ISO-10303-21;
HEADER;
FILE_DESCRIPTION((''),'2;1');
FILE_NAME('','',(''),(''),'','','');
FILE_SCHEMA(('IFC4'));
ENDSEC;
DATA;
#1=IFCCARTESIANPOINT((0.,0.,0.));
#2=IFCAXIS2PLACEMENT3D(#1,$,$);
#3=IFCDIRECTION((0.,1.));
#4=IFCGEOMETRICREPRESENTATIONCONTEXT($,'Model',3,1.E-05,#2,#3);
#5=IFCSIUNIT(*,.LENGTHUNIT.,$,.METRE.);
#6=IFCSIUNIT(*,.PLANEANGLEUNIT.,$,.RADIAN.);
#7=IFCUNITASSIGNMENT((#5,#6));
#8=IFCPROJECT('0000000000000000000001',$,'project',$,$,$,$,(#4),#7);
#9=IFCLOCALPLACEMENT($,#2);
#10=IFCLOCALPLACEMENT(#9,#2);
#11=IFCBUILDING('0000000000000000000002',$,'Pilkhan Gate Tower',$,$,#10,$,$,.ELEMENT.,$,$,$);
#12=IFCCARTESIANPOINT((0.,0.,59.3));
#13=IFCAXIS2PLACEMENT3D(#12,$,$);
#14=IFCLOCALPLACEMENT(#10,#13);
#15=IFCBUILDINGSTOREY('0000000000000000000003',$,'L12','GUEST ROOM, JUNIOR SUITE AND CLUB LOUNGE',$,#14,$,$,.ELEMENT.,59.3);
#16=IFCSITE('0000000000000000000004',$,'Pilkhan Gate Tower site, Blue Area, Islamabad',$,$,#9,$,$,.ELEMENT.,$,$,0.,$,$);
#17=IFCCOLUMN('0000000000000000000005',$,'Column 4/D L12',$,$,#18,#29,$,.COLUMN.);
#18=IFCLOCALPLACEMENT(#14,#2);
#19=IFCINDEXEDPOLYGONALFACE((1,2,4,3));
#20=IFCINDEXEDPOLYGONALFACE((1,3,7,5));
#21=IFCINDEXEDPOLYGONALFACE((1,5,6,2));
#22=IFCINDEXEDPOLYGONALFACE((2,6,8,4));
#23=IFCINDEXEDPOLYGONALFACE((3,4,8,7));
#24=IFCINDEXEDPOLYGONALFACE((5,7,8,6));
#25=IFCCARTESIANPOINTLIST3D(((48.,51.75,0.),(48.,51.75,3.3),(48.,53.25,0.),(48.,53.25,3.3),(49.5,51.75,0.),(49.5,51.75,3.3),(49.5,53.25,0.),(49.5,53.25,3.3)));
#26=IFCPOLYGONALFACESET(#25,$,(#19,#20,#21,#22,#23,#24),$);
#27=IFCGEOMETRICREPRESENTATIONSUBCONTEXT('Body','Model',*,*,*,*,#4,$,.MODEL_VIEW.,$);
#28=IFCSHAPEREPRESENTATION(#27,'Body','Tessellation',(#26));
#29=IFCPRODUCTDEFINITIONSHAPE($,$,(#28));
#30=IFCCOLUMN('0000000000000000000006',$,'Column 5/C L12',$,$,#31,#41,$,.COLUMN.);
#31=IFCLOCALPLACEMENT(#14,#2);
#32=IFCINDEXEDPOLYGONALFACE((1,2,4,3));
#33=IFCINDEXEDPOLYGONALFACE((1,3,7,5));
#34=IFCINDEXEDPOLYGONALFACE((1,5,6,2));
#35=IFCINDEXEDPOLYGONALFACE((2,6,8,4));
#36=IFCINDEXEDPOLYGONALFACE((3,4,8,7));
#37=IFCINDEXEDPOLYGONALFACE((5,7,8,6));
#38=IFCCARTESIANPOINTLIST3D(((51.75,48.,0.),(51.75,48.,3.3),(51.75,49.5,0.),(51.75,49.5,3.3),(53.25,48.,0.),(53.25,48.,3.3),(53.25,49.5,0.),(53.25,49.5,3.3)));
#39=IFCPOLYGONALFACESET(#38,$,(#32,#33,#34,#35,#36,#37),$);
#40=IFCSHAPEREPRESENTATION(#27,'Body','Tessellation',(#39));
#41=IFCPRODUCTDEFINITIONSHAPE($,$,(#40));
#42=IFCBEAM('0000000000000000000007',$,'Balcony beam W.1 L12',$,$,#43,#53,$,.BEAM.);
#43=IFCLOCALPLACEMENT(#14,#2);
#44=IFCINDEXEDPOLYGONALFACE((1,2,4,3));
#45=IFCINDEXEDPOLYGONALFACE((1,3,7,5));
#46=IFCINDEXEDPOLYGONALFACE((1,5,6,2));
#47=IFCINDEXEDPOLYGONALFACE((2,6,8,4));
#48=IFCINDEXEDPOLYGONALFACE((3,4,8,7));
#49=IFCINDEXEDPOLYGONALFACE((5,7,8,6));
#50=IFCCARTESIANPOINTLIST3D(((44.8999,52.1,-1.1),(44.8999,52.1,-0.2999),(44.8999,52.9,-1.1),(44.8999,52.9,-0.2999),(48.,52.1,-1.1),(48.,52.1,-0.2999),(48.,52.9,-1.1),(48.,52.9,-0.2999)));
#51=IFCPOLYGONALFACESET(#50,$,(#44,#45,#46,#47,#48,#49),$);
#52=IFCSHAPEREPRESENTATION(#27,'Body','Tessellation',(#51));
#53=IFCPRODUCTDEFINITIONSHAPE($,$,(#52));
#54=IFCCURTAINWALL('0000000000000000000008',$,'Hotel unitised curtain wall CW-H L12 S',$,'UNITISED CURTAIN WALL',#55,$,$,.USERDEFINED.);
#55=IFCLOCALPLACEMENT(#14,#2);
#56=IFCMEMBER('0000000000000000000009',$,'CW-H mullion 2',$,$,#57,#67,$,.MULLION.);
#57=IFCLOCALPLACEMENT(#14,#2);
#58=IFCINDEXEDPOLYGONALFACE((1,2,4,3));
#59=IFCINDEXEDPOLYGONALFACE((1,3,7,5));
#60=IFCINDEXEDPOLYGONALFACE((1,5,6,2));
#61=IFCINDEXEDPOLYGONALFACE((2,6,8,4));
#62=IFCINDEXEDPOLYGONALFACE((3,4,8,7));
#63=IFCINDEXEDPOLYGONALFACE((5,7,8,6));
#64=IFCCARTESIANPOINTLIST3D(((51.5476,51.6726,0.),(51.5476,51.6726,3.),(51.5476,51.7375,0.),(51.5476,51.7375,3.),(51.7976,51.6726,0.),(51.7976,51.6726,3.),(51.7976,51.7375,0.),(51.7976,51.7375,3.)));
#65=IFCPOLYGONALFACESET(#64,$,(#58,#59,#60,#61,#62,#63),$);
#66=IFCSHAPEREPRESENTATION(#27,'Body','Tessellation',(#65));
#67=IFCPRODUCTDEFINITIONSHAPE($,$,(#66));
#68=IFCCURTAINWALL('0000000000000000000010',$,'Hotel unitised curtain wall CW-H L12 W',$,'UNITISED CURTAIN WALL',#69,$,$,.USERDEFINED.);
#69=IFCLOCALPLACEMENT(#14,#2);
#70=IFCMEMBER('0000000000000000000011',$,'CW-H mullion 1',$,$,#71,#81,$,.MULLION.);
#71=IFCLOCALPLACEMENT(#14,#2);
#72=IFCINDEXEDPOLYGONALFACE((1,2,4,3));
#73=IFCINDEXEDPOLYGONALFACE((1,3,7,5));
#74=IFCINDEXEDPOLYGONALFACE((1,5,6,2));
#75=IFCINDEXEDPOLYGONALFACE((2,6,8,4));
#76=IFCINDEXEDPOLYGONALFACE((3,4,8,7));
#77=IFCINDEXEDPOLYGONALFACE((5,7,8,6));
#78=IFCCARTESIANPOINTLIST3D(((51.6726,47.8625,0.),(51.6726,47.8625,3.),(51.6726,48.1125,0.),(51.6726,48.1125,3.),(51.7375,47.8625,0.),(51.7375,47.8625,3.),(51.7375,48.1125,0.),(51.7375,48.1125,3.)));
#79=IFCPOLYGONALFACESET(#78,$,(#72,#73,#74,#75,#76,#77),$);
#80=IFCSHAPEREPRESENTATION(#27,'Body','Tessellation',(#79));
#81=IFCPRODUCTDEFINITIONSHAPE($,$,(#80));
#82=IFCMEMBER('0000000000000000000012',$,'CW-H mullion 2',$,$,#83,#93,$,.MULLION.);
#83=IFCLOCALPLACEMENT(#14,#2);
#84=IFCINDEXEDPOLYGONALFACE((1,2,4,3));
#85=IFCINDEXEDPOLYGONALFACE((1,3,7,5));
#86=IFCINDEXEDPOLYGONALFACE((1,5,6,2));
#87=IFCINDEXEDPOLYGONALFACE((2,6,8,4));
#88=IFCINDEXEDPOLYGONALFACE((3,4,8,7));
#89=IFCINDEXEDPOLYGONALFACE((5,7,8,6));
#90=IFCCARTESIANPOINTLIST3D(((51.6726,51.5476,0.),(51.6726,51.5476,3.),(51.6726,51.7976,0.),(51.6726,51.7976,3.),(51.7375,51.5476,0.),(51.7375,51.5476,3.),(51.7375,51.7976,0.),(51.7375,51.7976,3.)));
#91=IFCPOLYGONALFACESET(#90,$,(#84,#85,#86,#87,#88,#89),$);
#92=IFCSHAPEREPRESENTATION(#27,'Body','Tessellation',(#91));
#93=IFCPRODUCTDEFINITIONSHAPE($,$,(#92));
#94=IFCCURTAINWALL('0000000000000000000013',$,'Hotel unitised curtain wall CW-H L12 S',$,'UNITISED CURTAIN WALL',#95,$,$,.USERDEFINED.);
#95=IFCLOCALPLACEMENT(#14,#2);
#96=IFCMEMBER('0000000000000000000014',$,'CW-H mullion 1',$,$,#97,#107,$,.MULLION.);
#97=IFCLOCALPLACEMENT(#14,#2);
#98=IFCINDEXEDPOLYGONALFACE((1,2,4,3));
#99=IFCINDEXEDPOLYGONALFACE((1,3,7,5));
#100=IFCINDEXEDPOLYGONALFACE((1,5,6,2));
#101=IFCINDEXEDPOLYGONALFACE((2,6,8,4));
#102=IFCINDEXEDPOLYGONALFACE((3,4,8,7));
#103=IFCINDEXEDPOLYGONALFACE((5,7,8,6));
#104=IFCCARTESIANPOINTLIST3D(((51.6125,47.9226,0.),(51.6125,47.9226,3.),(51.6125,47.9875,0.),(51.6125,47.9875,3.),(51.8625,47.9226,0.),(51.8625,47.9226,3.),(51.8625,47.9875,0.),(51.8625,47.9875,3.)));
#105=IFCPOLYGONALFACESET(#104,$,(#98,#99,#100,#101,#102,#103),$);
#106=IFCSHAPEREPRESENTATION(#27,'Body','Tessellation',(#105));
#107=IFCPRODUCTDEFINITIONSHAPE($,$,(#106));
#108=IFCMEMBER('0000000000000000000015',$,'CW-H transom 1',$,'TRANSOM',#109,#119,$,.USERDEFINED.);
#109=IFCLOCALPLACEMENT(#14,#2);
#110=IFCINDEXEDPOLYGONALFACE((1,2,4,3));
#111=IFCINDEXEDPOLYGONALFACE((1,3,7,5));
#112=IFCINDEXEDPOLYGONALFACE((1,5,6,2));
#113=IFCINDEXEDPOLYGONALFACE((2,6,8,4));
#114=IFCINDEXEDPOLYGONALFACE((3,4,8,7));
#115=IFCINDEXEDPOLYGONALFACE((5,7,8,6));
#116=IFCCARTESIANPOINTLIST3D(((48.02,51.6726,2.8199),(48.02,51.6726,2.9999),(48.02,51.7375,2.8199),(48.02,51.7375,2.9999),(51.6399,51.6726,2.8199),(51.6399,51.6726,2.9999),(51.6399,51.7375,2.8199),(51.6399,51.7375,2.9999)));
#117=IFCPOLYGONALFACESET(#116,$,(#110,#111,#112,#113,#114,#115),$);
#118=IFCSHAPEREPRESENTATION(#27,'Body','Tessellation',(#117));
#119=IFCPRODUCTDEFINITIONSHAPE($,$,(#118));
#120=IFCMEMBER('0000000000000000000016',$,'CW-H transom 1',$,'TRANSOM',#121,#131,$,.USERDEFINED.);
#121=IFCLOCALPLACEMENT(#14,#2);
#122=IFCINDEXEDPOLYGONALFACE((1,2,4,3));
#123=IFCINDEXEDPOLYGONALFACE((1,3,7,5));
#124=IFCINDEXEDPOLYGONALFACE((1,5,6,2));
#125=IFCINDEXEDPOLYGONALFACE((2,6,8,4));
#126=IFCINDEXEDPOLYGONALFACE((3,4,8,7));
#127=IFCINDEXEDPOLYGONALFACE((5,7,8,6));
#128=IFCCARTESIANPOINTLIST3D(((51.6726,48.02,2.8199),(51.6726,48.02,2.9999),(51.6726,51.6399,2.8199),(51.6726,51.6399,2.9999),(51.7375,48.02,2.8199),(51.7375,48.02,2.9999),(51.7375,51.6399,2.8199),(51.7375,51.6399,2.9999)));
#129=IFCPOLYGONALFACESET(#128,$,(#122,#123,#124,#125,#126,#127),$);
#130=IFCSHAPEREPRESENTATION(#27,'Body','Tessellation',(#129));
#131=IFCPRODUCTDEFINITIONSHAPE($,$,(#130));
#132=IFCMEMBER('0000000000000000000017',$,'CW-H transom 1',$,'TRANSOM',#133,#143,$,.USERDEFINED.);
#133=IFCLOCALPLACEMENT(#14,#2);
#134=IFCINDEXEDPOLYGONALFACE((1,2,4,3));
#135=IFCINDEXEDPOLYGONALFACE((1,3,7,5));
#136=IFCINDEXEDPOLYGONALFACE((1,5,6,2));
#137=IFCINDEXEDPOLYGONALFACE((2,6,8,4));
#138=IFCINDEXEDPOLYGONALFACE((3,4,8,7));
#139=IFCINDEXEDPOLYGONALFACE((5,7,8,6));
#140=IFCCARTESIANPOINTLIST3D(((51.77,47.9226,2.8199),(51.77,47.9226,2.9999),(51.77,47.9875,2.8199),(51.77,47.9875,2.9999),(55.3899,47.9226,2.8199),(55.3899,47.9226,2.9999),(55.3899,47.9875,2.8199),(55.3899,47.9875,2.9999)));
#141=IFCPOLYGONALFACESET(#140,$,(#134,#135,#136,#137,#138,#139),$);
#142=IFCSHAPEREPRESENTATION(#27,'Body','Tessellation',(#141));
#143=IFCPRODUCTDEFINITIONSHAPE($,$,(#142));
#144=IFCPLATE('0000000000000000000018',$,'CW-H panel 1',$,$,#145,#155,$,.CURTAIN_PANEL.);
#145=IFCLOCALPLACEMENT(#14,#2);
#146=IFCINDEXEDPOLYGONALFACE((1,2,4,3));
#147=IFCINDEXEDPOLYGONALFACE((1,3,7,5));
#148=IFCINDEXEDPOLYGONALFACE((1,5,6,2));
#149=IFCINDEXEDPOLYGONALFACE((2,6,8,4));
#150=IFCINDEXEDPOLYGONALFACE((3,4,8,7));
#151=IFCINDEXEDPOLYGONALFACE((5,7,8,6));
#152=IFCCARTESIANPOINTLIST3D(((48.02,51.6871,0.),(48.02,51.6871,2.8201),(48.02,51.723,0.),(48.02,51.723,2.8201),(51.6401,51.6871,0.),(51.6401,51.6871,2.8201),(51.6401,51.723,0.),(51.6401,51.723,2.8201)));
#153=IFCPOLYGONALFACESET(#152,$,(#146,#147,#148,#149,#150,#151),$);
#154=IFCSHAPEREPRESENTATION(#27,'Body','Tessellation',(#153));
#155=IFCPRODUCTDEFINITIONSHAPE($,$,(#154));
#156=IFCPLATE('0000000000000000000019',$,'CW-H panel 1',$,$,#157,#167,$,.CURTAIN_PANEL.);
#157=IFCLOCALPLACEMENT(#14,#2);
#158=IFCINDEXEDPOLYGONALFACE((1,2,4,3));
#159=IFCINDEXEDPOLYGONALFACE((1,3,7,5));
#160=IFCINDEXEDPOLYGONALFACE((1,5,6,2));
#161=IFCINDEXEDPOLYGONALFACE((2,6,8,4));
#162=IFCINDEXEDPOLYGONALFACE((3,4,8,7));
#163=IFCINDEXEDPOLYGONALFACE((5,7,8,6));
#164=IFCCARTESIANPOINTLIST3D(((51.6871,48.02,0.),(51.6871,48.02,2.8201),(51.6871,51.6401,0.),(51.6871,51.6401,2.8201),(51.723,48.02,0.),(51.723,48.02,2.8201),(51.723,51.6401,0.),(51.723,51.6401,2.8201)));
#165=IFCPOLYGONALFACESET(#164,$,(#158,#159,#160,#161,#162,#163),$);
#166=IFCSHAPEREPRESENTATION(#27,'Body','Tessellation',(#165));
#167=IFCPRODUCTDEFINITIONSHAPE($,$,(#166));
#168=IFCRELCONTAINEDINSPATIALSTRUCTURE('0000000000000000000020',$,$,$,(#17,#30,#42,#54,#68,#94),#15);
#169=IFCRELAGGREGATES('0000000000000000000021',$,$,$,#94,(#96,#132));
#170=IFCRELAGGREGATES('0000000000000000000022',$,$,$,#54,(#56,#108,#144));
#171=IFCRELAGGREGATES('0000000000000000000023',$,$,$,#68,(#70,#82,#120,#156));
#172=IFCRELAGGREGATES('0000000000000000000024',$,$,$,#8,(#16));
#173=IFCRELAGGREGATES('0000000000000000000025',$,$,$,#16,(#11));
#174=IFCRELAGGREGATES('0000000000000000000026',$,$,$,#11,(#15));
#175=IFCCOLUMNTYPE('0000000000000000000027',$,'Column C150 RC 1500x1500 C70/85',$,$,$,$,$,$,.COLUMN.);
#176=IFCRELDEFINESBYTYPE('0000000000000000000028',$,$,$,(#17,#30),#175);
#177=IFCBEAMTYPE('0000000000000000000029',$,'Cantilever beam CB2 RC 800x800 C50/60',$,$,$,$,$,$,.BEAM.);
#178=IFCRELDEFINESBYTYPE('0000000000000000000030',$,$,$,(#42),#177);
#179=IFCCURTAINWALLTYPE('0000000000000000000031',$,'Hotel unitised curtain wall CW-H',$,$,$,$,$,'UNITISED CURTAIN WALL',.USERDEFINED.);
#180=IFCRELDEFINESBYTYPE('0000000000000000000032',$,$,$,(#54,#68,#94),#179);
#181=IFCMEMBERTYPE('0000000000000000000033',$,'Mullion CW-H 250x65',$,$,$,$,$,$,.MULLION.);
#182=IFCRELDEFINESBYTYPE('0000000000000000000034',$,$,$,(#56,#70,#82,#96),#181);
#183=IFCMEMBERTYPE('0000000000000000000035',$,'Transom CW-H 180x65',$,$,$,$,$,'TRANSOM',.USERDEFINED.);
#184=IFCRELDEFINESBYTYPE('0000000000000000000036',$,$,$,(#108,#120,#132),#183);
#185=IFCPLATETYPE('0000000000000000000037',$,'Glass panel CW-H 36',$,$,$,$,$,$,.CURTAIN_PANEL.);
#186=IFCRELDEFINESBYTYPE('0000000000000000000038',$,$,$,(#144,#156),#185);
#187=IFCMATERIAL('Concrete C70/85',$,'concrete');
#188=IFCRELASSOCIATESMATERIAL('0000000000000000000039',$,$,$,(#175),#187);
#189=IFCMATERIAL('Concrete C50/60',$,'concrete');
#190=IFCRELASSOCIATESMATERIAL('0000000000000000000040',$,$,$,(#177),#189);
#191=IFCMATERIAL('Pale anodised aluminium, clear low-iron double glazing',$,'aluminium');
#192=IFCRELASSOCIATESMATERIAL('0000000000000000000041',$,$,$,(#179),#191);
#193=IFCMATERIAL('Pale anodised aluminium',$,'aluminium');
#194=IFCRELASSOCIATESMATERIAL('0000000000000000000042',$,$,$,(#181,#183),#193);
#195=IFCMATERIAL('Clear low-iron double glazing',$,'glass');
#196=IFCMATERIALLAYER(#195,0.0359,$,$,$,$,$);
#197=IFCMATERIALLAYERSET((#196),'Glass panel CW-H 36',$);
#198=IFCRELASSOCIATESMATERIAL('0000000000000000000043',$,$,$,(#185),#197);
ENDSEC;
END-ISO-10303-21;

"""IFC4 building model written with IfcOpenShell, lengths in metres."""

from ifc_helpers import new_model, si_unit, direction, frame, origin, origin_2d, place, context, subcontext, project, spatial, rectangle, extrude, material, layer, layer_set, material_profile, profile_set, type_object, element, aggregate, save


model = new_model("IFC4")

# Units and contexts
model_context = context("Model", 3, precision=1e-05, world=origin(), true_north=direction((0.0, 1.0)))
body_context = subcontext(model_context, "Body", "Model", "MODEL_VIEW")
ifc_project = project(units=[si_unit("LENGTHUNIT", "METRE"), si_unit("PLANEANGLEUNIT", "RADIAN")], contexts=[model_context])

# Site, building, storey
site_placement = place(None, origin())
site = spatial("IfcSite", under=ifc_project, at=site_placement, Name="Pilkhan Gate Tower site, Blue Area, Islamabad", CompositionType="ELEMENT", RefElevation=0.0)
building_placement = place(site_placement, origin())
building = spatial("IfcBuilding", under=site, at=building_placement, Name="Pilkhan Gate Tower", CompositionType="ELEMENT")
storey_placement = place(building_placement, frame((0.0, 0.0, 59.3)))
storey = spatial("IfcBuildingStorey", under=building, at=storey_placement, Name="L12", Description="GUEST ROOM, JUNIOR SUITE AND CLUB LOUNGE", CompositionType="ELEMENT", Elevation=59.3)

# Columns
ifc_material_1 = material(Name="Concrete C70/85", Category="concrete")
ifc_material_profile_1 = material_profile(ifc_material_1, rectangle(XDim=1.5, YDim=1.5, at=origin_2d()), Name="RC 1500x1500")
ifc_profile_set_1 = profile_set([ifc_material_profile_1], Name="Concrete C70/85")
column_type = type_object("IfcColumnType", Name="Column C150 RC 1500x1500 C70/85", PredefinedType="COLUMN", material=ifc_profile_set_1)
for number, where, z_axis, x_axis, name in (
    (1, (48.75, 52.5, 0.0), (0.0, 0.0, 1.0), (1.0, 0.0, 0.0), "Column 4/D L12"),
    (2, (52.5, 48.75, 0.0), (0.0, 0.0, 1.0), (1.0, 0.0, 0.0), "Column 5/C L12"),
):
    element("IfcColumn", number, at=place(storey_placement, frame(where, z_axis=z_axis, x_axis=x_axis)), inside=storey, type_object=column_type, Name=name, PredefinedType="COLUMN", context=body_context, shape_type="SweptSolid", body=[
        extrude(rectangle(XDim=1.5, YDim=1.5, at=origin_2d()), origin(), (0.0, 0.0, 1.0), 3.3),
    ])

# Beam
ifc_material_2 = material(Name="Concrete C50/60", Category="concrete")
ifc_material_profile_2 = material_profile(ifc_material_2, rectangle(XDim=0.8, YDim=0.8, at=origin_2d()), Name="RC 800x800")
ifc_profile_set_2 = profile_set([ifc_material_profile_2], Name="Concrete C50/60")
beam_type = type_object("IfcBeamType", Name="Cantilever beam CB2 RC 800x800 C50/60", PredefinedType="BEAM", material=ifc_profile_set_2)
beam_placement = place(storey_placement, frame((48.0, 52.5, -0.7), z_axis=(-1.0, 0.0, 0.0), x_axis=(0.0, -1.0, 0.0)))
element("IfcBeam", 3, at=beam_placement, inside=storey, type_object=beam_type, Name="Balcony beam W.1 L12", PredefinedType="BEAM", context=body_context, shape_type="SweptSolid", body=[
    extrude(rectangle(XDim=0.8, YDim=0.8, at=origin_2d()), origin(), (0.0, 0.0, 1.0), 3.1001),
])

# Curtain wall, member
ifc_material_3 = material(Name="Pale anodised aluminium, clear low-iron double glazing", Category="aluminium")
curtain_wall_type = type_object("IfcCurtainWallType", Name="Hotel unitised curtain wall CW-H", ElementType="UNITISED CURTAIN WALL", PredefinedType="USERDEFINED", material=ifc_material_3)
curtain_wall_1_placement = place(storey_placement, origin())
curtain_wall_1 = element("IfcCurtainWall", 4, at=curtain_wall_1_placement, inside=storey, type_object=curtain_wall_type, Name="Hotel unitised curtain wall CW-H L12 S", ObjectType="UNITISED CURTAIN WALL", PredefinedType="USERDEFINED")
ifc_material_4 = material(Name="Pale anodised aluminium", Category="aluminium")
ifc_material_profile_3 = material_profile(ifc_material_4, rectangle(XDim=0.0649, YDim=0.25, at=origin_2d()), Name="Mullion 250x65")
ifc_profile_set_3 = profile_set([ifc_material_profile_3], Name="Pale anodised aluminium")
member_type_1 = type_object("IfcMemberType", Name="Mullion CW-H 250x65", PredefinedType="MULLION", material=ifc_profile_set_3)
member_1_placement = place(storey_placement, frame((51.6726, 51.7051, 0.0), z_axis=(0.0, 0.0, 1.0), x_axis=(0.0, 1.0, 0.0)))
member_1 = element("IfcMember", 5, at=member_1_placement, type_object=member_type_1, Name="CW-H mullion 2", PredefinedType="MULLION", context=body_context, shape_type="SweptSolid", body=[
    extrude(rectangle(XDim=0.0649, YDim=0.25, at=origin_2d()), origin(), (0.0, 0.0, 1.0), 3.0),
])

# Curtain wall, members
curtain_wall_2_placement = place(storey_placement, origin())
curtain_wall_2 = element("IfcCurtainWall", 6, at=curtain_wall_2_placement, inside=storey, type_object=curtain_wall_type, Name="Hotel unitised curtain wall CW-H L12 W", ObjectType="UNITISED CURTAIN WALL", PredefinedType="USERDEFINED")
member_2_placement = place(storey_placement, frame((51.7051, 47.9875, 0.0), z_axis=(0.0, 0.0, 1.0), x_axis=(-1.0, 0.0, 0.0)))
member_2 = element("IfcMember", 7, at=member_2_placement, type_object=member_type_1, Name="CW-H mullion 1", PredefinedType="MULLION", context=body_context, shape_type="SweptSolid", body=[
    extrude(rectangle(XDim=0.0649, YDim=0.25, at=origin_2d()), origin(), (0.0, 0.0, 1.0), 3.0),
])
member_3_placement = place(storey_placement, frame((51.7051, 51.6726, 0.0), z_axis=(0.0, 0.0, 1.0), x_axis=(-1.0, 0.0, 0.0)))
member_3 = element("IfcMember", 8, at=member_3_placement, type_object=member_type_1, Name="CW-H mullion 2", PredefinedType="MULLION", context=body_context, shape_type="SweptSolid", body=[
    extrude(rectangle(XDim=0.0649, YDim=0.25, at=origin_2d()), origin(), (0.0, 0.0, 1.0), 3.0),
])

# Curtain wall, member
curtain_wall_3_placement = place(storey_placement, origin())
curtain_wall_3 = element("IfcCurtainWall", 9, at=curtain_wall_3_placement, inside=storey, type_object=curtain_wall_type, Name="Hotel unitised curtain wall CW-H L12 S", ObjectType="UNITISED CURTAIN WALL", PredefinedType="USERDEFINED")
member_4_placement = place(storey_placement, frame((51.7375, 47.9551, 0.0), z_axis=(0.0, 0.0, 1.0), x_axis=(0.0, 1.0, 0.0)))
member_4 = element("IfcMember", 10, at=member_4_placement, type_object=member_type_1, Name="CW-H mullion 1", PredefinedType="MULLION", context=body_context, shape_type="SweptSolid", body=[
    extrude(rectangle(XDim=0.0649, YDim=0.25, at=origin_2d()), origin(), (0.0, 0.0, 1.0), 3.0),
])

# Members
ifc_material_profile_4 = material_profile(ifc_material_4, rectangle(XDim=0.0649, YDim=0.1799, at=origin_2d()), Name="Transom 180x65")
ifc_profile_set_4 = profile_set([ifc_material_profile_4], Name="Pale anodised aluminium")
member_type_2 = type_object("IfcMemberType", Name="Transom CW-H 180x65", ElementType="TRANSOM", PredefinedType="USERDEFINED", material=ifc_profile_set_4)
member_5_placement = place(storey_placement, frame((48.02, 51.7051, 2.9099), z_axis=(1.0, 0.0, 0.0), x_axis=(0.0, 1.0, 0.0)))
member_5 = element("IfcMember", 11, at=member_5_placement, type_object=member_type_2, Name="CW-H transom 1", ObjectType="TRANSOM", PredefinedType="USERDEFINED", context=body_context, shape_type="SweptSolid", body=[
    extrude(rectangle(XDim=0.0649, YDim=0.1799, at=origin_2d()), origin(), (0.0, 0.0, 1.0), 3.6199),
])
member_6_placement = place(storey_placement, frame((51.7051, 48.02, 2.9099), z_axis=(0.0, 1.0, 0.0), x_axis=(-1.0, 0.0, 0.0)))
member_6 = element("IfcMember", 12, at=member_6_placement, type_object=member_type_2, Name="CW-H transom 1", ObjectType="TRANSOM", PredefinedType="USERDEFINED", context=body_context, shape_type="SweptSolid", body=[
    extrude(rectangle(XDim=0.0649, YDim=0.1799, at=origin_2d()), origin(), (0.0, 0.0, 1.0), 3.6199),
])
member_7_placement = place(storey_placement, frame((51.77, 47.9551, 2.9099), z_axis=(1.0, 0.0, 0.0), x_axis=(0.0, 1.0, 0.0)))
member_7 = element("IfcMember", 13, at=member_7_placement, type_object=member_type_2, Name="CW-H transom 1", ObjectType="TRANSOM", PredefinedType="USERDEFINED", context=body_context, shape_type="SweptSolid", body=[
    extrude(rectangle(XDim=0.0649, YDim=0.1799, at=origin_2d()), origin(), (0.0, 0.0, 1.0), 3.6199),
])
aggregate(curtain_wall_3, [member_4, member_7])

# Plates
ifc_material_5 = material(Name="Clear low-iron double glazing", Category="glass")
ifc_layer_1 = layer(ifc_material_5, 0.0359)
ifc_layer_set_1 = layer_set([ifc_layer_1], Name="Glass panel CW-H 36")
plate_type = type_object("IfcPlateType", Name="Glass panel CW-H 36", PredefinedType="CURTAIN_PANEL", material=ifc_layer_set_1)
plate_1_placement = place(storey_placement, frame((49.8301, 51.7051, 0.0), z_axis=(0.0, 0.0, 1.0), x_axis=(1.0, 0.0, 0.0)))
plate_1 = element("IfcPlate", 14, at=plate_1_placement, type_object=plate_type, Name="CW-H panel 1", PredefinedType="CURTAIN_PANEL", context=body_context, shape_type="SweptSolid", body=[
    extrude(rectangle(XDim=3.6201, YDim=0.0359, at=origin_2d()), origin(), (0.0, 0.0, 1.0), 2.8201),
])
aggregate(curtain_wall_1, [member_1, member_5, plate_1])
plate_2_placement = place(storey_placement, frame((51.7051, 49.8301, 0.0), z_axis=(0.0, 0.0, 1.0), x_axis=(0.0, 1.0, 0.0)))
plate_2 = element("IfcPlate", 15, at=plate_2_placement, type_object=plate_type, Name="CW-H panel 1", PredefinedType="CURTAIN_PANEL", context=body_context, shape_type="SweptSolid", body=[
    extrude(rectangle(XDim=3.6201, YDim=0.0359, at=origin_2d()), origin(), (0.0, 0.0, 1.0), 2.8201),
])
aggregate(curtain_wall_2, [member_2, member_3, member_6, plate_2])

save(model, "model.ifc")
